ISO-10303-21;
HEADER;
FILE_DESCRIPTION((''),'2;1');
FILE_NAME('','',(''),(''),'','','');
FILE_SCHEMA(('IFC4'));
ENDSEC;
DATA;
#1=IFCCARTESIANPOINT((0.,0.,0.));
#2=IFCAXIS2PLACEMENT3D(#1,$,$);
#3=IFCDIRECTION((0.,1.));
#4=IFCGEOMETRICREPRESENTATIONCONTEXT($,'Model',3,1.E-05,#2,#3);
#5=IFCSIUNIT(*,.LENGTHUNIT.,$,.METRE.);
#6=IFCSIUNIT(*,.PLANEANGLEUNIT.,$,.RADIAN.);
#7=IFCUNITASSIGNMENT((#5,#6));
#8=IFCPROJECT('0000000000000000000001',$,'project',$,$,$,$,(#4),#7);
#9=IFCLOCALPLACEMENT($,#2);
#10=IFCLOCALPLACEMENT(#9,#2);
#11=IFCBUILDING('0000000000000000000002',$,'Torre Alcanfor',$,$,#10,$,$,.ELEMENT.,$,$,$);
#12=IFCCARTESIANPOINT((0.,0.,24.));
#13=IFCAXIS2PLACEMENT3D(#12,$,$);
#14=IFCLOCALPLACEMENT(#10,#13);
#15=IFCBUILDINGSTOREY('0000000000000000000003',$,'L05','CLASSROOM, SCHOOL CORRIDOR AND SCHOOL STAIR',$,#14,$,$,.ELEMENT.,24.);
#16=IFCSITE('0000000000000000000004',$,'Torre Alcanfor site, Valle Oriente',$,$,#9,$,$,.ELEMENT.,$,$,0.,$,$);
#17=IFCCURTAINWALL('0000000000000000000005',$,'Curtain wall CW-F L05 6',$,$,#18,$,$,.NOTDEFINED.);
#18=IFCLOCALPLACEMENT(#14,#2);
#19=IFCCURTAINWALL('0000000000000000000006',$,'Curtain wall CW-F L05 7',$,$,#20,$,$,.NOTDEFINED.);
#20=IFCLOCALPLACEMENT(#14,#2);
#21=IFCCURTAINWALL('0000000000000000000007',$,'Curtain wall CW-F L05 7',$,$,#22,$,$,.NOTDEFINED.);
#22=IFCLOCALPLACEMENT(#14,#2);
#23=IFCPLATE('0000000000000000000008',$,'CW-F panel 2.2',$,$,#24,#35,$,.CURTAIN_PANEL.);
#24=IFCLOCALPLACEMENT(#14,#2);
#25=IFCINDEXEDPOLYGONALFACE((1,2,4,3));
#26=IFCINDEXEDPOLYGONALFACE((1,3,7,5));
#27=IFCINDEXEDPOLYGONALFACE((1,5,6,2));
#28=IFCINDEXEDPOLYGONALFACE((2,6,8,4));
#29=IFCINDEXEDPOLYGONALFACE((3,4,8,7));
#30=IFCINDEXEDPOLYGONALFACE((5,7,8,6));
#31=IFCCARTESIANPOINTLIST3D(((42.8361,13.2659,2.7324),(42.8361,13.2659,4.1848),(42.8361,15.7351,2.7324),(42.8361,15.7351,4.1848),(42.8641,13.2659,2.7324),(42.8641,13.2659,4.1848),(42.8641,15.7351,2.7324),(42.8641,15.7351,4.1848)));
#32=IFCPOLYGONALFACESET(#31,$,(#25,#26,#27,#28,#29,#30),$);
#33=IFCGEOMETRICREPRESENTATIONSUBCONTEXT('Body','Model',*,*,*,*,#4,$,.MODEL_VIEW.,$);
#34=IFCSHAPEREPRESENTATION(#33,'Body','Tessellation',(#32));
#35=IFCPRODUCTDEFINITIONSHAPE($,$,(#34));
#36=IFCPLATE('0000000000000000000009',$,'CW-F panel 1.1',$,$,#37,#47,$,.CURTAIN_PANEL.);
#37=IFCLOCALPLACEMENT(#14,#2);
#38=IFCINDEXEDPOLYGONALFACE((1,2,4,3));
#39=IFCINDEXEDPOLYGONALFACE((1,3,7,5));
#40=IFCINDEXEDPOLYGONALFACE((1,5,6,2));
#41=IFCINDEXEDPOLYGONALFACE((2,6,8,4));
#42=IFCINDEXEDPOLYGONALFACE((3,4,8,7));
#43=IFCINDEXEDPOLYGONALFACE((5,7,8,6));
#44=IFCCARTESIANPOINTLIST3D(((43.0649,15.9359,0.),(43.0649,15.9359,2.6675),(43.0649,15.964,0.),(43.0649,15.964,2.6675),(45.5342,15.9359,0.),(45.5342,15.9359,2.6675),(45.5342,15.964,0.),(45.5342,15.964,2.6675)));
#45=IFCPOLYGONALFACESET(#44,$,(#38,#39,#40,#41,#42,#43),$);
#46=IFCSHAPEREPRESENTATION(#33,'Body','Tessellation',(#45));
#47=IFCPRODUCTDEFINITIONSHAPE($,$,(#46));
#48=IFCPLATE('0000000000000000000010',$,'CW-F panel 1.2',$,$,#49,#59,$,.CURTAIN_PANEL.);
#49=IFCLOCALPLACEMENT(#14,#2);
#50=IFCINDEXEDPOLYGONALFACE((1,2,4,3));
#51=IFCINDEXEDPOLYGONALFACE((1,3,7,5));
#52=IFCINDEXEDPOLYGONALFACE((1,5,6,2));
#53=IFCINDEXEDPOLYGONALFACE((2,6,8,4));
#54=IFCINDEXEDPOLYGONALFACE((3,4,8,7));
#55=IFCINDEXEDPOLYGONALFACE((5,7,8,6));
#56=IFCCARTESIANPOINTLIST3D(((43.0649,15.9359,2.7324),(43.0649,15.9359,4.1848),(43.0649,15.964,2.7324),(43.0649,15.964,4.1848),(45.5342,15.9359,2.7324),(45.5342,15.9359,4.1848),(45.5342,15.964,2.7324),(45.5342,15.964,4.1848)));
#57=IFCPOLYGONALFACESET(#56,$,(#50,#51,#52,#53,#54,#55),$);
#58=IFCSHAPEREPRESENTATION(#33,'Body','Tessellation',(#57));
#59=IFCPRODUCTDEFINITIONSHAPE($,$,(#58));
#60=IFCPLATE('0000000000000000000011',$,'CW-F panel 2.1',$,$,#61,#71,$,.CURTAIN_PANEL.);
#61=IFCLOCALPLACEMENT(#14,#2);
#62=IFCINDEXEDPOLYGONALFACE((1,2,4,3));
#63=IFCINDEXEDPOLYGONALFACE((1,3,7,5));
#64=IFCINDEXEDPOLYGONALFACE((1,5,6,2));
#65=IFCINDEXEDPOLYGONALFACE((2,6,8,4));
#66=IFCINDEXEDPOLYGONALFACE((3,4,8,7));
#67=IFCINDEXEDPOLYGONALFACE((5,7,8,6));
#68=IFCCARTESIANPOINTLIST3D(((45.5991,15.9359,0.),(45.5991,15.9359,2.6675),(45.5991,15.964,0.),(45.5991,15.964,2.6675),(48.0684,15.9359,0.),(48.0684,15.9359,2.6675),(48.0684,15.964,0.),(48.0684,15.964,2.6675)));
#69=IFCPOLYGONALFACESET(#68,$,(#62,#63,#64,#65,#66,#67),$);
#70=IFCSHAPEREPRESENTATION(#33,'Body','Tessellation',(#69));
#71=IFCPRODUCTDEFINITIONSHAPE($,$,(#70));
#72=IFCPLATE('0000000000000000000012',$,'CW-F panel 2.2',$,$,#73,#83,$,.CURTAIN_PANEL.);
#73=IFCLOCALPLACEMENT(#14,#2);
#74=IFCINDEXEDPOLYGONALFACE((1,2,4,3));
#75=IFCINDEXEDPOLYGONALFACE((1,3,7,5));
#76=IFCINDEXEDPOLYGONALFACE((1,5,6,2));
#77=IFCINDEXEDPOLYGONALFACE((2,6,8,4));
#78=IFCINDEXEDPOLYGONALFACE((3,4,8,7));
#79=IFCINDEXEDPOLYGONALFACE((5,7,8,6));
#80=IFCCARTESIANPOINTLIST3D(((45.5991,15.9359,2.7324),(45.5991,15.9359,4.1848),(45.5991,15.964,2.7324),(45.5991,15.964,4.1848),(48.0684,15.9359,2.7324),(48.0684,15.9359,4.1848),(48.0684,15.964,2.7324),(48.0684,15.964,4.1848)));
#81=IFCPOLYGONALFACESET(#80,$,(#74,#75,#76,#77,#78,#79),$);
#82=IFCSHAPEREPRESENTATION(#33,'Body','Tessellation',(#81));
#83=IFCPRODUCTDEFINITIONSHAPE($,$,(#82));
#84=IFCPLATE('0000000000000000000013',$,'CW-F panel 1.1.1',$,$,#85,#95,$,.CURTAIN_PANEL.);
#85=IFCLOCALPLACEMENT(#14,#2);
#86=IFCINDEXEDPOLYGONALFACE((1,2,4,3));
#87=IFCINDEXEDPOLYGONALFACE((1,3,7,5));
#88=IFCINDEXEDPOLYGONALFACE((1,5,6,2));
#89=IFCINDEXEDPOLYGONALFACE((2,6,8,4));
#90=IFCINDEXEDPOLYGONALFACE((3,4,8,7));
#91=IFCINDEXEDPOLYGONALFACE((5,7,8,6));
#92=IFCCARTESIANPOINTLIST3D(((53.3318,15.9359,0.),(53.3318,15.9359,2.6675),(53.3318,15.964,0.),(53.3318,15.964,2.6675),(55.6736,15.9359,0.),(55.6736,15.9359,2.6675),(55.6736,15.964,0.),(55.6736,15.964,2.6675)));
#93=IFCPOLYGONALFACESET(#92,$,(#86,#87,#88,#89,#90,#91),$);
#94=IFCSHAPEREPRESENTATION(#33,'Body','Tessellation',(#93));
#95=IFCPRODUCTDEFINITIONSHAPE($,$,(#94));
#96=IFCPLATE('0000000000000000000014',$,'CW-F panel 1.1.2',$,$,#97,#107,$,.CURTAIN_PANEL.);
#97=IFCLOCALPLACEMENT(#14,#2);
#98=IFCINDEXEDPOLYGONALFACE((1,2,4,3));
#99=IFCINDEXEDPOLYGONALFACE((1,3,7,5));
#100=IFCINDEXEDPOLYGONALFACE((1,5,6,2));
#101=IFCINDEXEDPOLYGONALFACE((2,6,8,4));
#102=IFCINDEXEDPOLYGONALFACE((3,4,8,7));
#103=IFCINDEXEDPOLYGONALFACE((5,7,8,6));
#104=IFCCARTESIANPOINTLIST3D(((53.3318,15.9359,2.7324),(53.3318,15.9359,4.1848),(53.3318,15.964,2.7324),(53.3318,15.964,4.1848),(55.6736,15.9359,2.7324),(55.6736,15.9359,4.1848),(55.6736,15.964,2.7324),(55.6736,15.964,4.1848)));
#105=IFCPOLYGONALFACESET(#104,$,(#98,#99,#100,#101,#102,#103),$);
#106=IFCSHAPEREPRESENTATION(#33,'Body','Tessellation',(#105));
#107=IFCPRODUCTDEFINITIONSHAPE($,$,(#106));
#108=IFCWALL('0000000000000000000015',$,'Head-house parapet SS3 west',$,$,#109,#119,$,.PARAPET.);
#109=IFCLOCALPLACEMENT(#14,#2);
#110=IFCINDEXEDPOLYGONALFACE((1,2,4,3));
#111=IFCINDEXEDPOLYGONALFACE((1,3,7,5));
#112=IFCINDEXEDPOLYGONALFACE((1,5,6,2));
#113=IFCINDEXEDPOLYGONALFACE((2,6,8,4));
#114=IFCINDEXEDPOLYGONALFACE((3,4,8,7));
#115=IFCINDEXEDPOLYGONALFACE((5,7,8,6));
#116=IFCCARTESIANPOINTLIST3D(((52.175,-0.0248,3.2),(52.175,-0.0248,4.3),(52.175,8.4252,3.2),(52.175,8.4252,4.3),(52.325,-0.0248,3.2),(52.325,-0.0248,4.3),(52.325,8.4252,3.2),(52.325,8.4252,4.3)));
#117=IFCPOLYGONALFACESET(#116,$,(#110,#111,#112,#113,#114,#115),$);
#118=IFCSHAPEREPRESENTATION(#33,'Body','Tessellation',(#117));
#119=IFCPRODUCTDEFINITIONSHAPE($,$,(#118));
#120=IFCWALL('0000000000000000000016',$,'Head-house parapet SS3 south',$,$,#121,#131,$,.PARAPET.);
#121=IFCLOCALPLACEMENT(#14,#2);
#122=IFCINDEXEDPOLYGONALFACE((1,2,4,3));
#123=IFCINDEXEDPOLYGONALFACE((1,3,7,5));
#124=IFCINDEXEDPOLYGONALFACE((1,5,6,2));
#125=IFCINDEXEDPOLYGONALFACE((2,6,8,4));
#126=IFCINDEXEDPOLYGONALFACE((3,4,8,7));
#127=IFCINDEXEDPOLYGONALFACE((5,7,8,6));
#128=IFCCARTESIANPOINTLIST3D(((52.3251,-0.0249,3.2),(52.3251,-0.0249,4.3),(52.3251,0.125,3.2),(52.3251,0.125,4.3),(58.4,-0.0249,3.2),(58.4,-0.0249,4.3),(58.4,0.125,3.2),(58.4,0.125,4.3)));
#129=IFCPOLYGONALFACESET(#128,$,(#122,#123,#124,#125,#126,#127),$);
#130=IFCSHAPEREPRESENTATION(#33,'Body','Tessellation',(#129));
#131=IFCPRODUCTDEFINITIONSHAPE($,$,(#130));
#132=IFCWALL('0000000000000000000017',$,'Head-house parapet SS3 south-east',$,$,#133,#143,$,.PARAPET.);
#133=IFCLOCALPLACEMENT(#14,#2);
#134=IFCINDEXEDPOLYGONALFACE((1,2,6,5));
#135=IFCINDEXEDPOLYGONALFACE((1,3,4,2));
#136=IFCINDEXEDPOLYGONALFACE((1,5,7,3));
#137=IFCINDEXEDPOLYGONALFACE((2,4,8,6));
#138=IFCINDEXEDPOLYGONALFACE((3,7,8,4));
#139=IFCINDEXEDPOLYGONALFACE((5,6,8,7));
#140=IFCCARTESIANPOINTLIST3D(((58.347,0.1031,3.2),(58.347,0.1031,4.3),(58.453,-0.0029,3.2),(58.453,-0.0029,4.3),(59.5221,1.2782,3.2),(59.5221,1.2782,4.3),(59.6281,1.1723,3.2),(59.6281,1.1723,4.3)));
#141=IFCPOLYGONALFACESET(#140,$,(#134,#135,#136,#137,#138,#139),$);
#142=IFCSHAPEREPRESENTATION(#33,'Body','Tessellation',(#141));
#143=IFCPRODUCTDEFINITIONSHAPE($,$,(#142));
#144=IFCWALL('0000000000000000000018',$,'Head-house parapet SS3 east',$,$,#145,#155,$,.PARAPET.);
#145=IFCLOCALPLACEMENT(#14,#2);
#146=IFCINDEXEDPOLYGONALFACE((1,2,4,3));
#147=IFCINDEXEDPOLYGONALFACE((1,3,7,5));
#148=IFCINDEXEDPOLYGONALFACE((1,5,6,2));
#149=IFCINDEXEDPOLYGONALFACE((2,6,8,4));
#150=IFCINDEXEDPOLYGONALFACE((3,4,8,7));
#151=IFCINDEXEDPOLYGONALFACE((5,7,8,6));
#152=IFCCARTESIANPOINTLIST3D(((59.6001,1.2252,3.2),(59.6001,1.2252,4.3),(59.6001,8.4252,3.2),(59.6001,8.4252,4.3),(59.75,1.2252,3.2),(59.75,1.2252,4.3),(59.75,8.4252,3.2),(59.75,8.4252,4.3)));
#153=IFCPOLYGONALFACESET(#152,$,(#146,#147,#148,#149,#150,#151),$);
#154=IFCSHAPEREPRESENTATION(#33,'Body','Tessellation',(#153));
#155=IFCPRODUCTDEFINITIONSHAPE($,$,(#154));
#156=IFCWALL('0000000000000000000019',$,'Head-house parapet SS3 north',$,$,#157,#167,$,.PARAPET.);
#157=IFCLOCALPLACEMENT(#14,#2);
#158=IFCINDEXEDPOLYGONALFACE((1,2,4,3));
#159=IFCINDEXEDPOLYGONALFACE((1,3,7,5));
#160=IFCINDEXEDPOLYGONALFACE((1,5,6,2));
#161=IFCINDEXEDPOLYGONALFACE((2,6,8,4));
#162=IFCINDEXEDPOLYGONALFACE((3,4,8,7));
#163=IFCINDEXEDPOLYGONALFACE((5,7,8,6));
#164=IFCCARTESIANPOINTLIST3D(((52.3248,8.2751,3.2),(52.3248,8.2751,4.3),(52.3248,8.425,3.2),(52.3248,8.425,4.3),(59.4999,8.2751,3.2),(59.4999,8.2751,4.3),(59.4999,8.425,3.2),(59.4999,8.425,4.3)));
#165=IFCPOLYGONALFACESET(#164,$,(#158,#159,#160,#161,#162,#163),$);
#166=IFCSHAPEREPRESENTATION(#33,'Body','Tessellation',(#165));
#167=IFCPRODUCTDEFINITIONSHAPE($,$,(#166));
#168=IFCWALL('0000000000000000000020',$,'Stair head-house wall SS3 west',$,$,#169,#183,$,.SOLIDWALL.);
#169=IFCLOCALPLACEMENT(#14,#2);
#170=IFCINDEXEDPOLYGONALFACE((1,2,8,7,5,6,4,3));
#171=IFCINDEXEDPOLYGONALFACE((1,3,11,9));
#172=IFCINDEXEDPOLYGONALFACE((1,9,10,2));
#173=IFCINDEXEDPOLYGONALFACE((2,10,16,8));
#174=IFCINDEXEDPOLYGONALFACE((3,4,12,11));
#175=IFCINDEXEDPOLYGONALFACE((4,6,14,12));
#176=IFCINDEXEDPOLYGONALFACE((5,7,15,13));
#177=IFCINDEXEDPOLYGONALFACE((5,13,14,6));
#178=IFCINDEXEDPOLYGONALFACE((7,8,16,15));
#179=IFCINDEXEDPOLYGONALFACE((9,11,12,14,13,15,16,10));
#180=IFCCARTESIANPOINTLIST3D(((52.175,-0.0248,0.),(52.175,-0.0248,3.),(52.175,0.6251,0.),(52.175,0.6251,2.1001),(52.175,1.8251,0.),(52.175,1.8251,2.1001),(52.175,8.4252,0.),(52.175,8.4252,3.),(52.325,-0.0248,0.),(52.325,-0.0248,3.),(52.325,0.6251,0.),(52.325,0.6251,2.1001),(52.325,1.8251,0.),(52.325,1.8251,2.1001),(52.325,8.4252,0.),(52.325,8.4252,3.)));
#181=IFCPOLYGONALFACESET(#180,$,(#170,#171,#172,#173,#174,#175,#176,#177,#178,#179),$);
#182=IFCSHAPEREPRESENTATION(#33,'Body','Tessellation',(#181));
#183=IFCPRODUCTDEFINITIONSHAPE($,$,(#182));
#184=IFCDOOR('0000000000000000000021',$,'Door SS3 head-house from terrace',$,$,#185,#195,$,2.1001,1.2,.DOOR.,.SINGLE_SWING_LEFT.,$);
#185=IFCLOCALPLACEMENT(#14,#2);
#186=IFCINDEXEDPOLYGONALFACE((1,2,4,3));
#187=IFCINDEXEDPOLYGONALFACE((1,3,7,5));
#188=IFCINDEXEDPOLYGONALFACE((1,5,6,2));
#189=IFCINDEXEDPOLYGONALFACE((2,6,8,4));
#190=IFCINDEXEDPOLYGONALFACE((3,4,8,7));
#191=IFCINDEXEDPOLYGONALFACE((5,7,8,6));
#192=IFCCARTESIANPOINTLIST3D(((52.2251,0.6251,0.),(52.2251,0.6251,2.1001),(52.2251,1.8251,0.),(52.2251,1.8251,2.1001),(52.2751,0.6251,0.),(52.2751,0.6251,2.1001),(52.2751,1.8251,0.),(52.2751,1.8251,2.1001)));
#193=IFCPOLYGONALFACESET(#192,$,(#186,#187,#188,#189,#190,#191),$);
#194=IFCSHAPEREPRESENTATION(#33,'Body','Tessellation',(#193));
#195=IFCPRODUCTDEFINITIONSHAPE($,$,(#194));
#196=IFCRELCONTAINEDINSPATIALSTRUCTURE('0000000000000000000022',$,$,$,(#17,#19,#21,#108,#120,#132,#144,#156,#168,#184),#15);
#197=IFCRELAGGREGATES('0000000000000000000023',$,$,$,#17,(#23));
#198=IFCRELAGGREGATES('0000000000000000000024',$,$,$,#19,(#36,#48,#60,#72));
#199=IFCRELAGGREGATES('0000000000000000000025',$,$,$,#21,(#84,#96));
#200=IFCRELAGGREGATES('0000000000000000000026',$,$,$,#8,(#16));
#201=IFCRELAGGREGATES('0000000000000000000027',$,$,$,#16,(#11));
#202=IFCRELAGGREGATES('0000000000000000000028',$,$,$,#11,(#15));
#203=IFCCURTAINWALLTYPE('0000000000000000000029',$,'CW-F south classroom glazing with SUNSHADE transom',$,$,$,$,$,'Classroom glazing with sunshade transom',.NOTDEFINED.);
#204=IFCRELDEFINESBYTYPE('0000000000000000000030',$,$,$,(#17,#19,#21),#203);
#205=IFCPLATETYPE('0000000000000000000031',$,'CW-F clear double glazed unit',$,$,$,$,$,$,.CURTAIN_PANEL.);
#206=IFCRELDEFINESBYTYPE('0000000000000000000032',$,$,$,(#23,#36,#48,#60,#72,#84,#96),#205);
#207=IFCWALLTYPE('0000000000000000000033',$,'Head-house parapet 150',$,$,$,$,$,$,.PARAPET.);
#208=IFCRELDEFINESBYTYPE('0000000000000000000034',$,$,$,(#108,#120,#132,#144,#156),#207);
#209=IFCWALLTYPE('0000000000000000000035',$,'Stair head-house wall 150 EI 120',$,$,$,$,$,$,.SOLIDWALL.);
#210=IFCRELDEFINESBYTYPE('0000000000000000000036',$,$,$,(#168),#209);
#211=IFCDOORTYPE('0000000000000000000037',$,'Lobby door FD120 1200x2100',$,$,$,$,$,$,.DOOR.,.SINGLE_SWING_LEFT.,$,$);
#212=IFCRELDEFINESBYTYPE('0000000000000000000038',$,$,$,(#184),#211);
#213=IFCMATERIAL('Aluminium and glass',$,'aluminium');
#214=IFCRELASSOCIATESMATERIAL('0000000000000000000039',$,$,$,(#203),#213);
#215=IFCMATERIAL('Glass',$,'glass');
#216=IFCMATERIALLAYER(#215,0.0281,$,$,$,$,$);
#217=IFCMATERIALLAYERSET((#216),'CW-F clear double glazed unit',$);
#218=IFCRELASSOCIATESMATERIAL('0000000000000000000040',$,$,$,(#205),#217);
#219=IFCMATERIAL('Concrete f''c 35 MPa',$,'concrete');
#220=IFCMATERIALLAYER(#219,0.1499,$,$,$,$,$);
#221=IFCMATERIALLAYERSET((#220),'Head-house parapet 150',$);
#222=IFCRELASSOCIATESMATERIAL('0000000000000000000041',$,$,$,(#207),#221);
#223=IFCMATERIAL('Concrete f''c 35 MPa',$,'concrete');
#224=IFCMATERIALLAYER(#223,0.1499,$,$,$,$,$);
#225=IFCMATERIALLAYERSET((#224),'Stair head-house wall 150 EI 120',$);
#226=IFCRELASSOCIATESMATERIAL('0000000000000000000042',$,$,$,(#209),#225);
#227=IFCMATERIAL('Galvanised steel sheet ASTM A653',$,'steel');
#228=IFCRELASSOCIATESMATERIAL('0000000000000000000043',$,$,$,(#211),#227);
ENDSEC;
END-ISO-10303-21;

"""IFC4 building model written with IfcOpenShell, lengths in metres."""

from ifc_helpers import new_model, si_unit, direction, frame, frame_2d, origin, origin_2d, place, context, subcontext, project, spatial, rectangle, extrude, material, layer, layer_set, type_object, element, fill, aggregate, save


model = new_model("IFC4")

# Units and contexts
model_context = context("Model", 3, precision=1e-05, world=origin(), true_north=direction((0.0, 1.0)))
body_context = subcontext(model_context, "Body", "Model", "MODEL_VIEW")
ifc_project = project(units=[si_unit("LENGTHUNIT", "METRE"), si_unit("PLANEANGLEUNIT", "RADIAN")], contexts=[model_context])

# Site, building, storey
site_placement = place(None, origin())
site = spatial("IfcSite", under=ifc_project, at=site_placement, Name="Torre Alcanfor site, Valle Oriente", CompositionType="ELEMENT", RefElevation=0.0)
building_placement = place(site_placement, origin())
building = spatial("IfcBuilding", under=site, at=building_placement, Name="Torre Alcanfor", CompositionType="ELEMENT")
storey_placement = place(building_placement, frame((0.0, 0.0, 24.0)))
storey = spatial("IfcBuildingStorey", under=building, at=storey_placement, Name="L05", Description="CLASSROOM, SCHOOL CORRIDOR AND SCHOOL STAIR", CompositionType="ELEMENT", Elevation=24.0)

# Curtain wall
ifc_material_1 = material(Name="Aluminium and glass", Category="aluminium")
curtain_wall_type = type_object("IfcCurtainWallType", Name="CW-F south classroom glazing with SUNSHADE transom", ElementType="Classroom glazing with sunshade transom", PredefinedType="NOTDEFINED", material=ifc_material_1)
curtain_wall_1_placement = place(storey_placement, origin())
curtain_wall_1 = element("IfcCurtainWall", 1, at=curtain_wall_1_placement, inside=storey, type_object=curtain_wall_type, Name="Curtain wall CW-F L05 6", PredefinedType="NOTDEFINED")

# Curtain walls
curtain_wall_2_placement = place(storey_placement, origin())
curtain_wall_2 = element("IfcCurtainWall", 2, at=curtain_wall_2_placement, inside=storey, type_object=curtain_wall_type, Name="Curtain wall CW-F L05 7", PredefinedType="NOTDEFINED")
curtain_wall_3_placement = place(storey_placement, origin())
curtain_wall_3 = element("IfcCurtainWall", 3, at=curtain_wall_3_placement, inside=storey, type_object=curtain_wall_type, Name="Curtain wall CW-F L05 7", PredefinedType="NOTDEFINED")

# Plates
ifc_material_2 = material(Name="Glass", Category="glass")
ifc_layer_1 = layer(ifc_material_2, 0.0281)
ifc_layer_set_1 = layer_set([ifc_layer_1], Name="CW-F clear double glazed unit")
plate_type = type_object("IfcPlateType", Name="CW-F clear double glazed unit", PredefinedType="CURTAIN_PANEL", material=ifc_layer_set_1)
plate_1_placement = place(storey_placement, frame((42.8501, 14.5005, 2.7324), z_axis=(0.0, 0.0, 1.0), x_axis=(0.0, 1.0, 0.0)))
plate_1 = element("IfcPlate", 4, at=plate_1_placement, type_object=plate_type, Name="CW-F panel 2.2", PredefinedType="CURTAIN_PANEL", context=body_context, shape_type="SweptSolid", body=[
    extrude(rectangle(XDim=2.4692, YDim=0.0281, at=origin_2d()), origin(), (0.0, 0.0, 1.0), 1.4524),
])
aggregate(curtain_wall_1, [plate_1])
plate_2_placement = place(storey_placement, frame((44.2996, 15.95, 0.0), z_axis=(0.0, 0.0, 1.0), x_axis=(1.0, 0.0, 0.0)))
plate_2 = element("IfcPlate", 5, at=plate_2_placement, type_object=plate_type, Name="CW-F panel 1.1", PredefinedType="CURTAIN_PANEL", context=body_context, shape_type="SweptSolid", body=[
    extrude(rectangle(XDim=2.4692, YDim=0.0281, at=origin_2d()), origin(), (0.0, 0.0, 1.0), 2.6675),
])
plate_3_placement = place(storey_placement, frame((44.2996, 15.95, 2.7324), z_axis=(0.0, 0.0, 1.0), x_axis=(1.0, 0.0, 0.0)))
plate_3 = element("IfcPlate", 6, at=plate_3_placement, type_object=plate_type, Name="CW-F panel 1.2", PredefinedType="CURTAIN_PANEL", context=body_context, shape_type="SweptSolid", body=[
    extrude(rectangle(XDim=2.4692, YDim=0.0281, at=origin_2d()), origin(), (0.0, 0.0, 1.0), 1.4524),
])
plate_4_placement = place(storey_placement, frame((46.8337, 15.95, 0.0), z_axis=(0.0, 0.0, 1.0), x_axis=(1.0, 0.0, 0.0)))
plate_4 = element("IfcPlate", 7, at=plate_4_placement, type_object=plate_type, Name="CW-F panel 2.1", PredefinedType="CURTAIN_PANEL", context=body_context, shape_type="SweptSolid", body=[
    extrude(rectangle(XDim=2.4692, YDim=0.0281, at=origin_2d()), origin(), (0.0, 0.0, 1.0), 2.6675),
])
plate_5_placement = place(storey_placement, frame((46.8337, 15.95, 2.7324), z_axis=(0.0, 0.0, 1.0), x_axis=(1.0, 0.0, 0.0)))
plate_5 = element("IfcPlate", 8, at=plate_5_placement, type_object=plate_type, Name="CW-F panel 2.2", PredefinedType="CURTAIN_PANEL", context=body_context, shape_type="SweptSolid", body=[
    extrude(rectangle(XDim=2.4692, YDim=0.0281, at=origin_2d()), origin(), (0.0, 0.0, 1.0), 1.4524),
])
aggregate(curtain_wall_2, [plate_2, plate_3, plate_4, plate_5])
plate_6_placement = place(storey_placement, frame((54.5027, 15.95, 0.0), z_axis=(0.0, 0.0, 1.0), x_axis=(1.0, 0.0, 0.0)))
plate_6 = element("IfcPlate", 9, at=plate_6_placement, type_object=plate_type, Name="CW-F panel 1.1.1", PredefinedType="CURTAIN_PANEL", context=body_context, shape_type="SweptSolid", body=[
    extrude(rectangle(XDim=2.3418, YDim=0.0281, at=origin_2d()), origin(), (0.0, 0.0, 1.0), 2.6675),
])
plate_7_placement = place(storey_placement, frame((54.5027, 15.95, 2.7324), z_axis=(0.0, 0.0, 1.0), x_axis=(1.0, 0.0, 0.0)))
plate_7 = element("IfcPlate", 10, at=plate_7_placement, type_object=plate_type, Name="CW-F panel 1.1.2", PredefinedType="CURTAIN_PANEL", context=body_context, shape_type="SweptSolid", body=[
    extrude(rectangle(XDim=2.3418, YDim=0.0281, at=origin_2d()), origin(), (0.0, 0.0, 1.0), 1.4524),
])
aggregate(curtain_wall_3, [plate_6, plate_7])

# Walls
ifc_material_3 = material(Name="Concrete f'c 35 MPa", Category="concrete")
ifc_layer_2 = layer(ifc_material_3, 0.1499)
ifc_layer_set_2 = layer_set([ifc_layer_2], Name="Head-house parapet 150")
wall_type_1 = type_object("IfcWallType", Name="Head-house parapet 150", PredefinedType="PARAPET", material=ifc_layer_set_2)
wall_1_placement = place(storey_placement, frame((52.25, -0.0249, 3.2), z_axis=(0.0, 0.0, 1.0), x_axis=(0.0, 1.0, 0.0)))
element("IfcWall", 11, at=wall_1_placement, inside=storey, type_object=wall_type_1, Name="Head-house parapet SS3 west", PredefinedType="PARAPET", context=body_context, shape_type="SweptSolid", body=[
    extrude(rectangle(XDim=8.45, YDim=0.1499, at=frame_2d((4.2251, 0.0))), origin(), (0.0, 0.0, 1.0), 1.1001),
])
wall_2_placement = place(storey_placement, frame((52.325, 0.05, 3.2), z_axis=(0.0, 0.0, 1.0), x_axis=(1.0, 0.0, 0.0)))
element("IfcWall", 12, at=wall_2_placement, inside=storey, type_object=wall_type_1, Name="Head-house parapet SS3 south", PredefinedType="PARAPET", context=body_context, shape_type="SweptSolid", body=[
    extrude(rectangle(XDim=6.075, YDim=0.1499, at=frame_2d((3.0376, 0.0))), origin(), (0.0, 0.0, 1.0), 1.1001),
])
wall_3_placement = place(storey_placement, frame((58.3999, 0.05, 3.2), z_axis=(0.0, 0.0, 1.0), x_axis=(0.707107, 0.707107, 0.0)))
element("IfcWall", 13, at=wall_3_placement, inside=storey, type_object=wall_type_1, Name="Head-house parapet SS3 south-east", PredefinedType="PARAPET", context=body_context, shape_type="SweptSolid", body=[
    extrude(rectangle(XDim=1.6619, YDim=0.1499, at=frame_2d((0.8311, 0.0))), origin(), (0.0, 0.0, 1.0), 1.1001),
])
wall_4_placement = place(storey_placement, frame((59.675, 1.2251, 3.2), z_axis=(0.0, 0.0, 1.0), x_axis=(0.0, 1.0, 0.0)))
element("IfcWall", 14, at=wall_4_placement, inside=storey, type_object=wall_type_1, Name="Head-house parapet SS3 east", PredefinedType="PARAPET", context=body_context, shape_type="SweptSolid", body=[
    extrude(rectangle(XDim=7.2, YDim=0.1499, at=frame_2d((3.6001, 0.0))), origin(), (0.0, 0.0, 1.0), 1.1001),
])
wall_5_placement = place(storey_placement, frame((52.325, 8.3501, 3.2), z_axis=(0.0, 0.0, 1.0), x_axis=(1.0, 0.0, 0.0)))
element("IfcWall", 15, at=wall_5_placement, inside=storey, type_object=wall_type_1, Name="Head-house parapet SS3 north", PredefinedType="PARAPET", context=body_context, shape_type="SweptSolid", body=[
    extrude(rectangle(XDim=7.175, YDim=0.1499, at=frame_2d((3.5874, 0.0))), origin(), (0.0, 0.0, 1.0), 1.1001),
])

# Wall, opening, door
ifc_material_4 = material(Name="Concrete f'c 35 MPa", Category="concrete")
ifc_layer_3 = layer(ifc_material_4, 0.1499)
ifc_layer_set_3 = layer_set([ifc_layer_3], Name="Stair head-house wall 150 EI 120")
wall_type_2 = type_object("IfcWallType", Name="Stair head-house wall 150 EI 120", PredefinedType="SOLIDWALL", material=ifc_layer_set_3)
wall_6_placement = place(storey_placement, frame((52.25, -0.0249, 0.0), z_axis=(0.0, 0.0, 1.0), x_axis=(0.0, 1.0, 0.0)))
wall_6 = element("IfcWall", 16, at=wall_6_placement, inside=storey, type_object=wall_type_2, Name="Stair head-house wall SS3 west", PredefinedType="SOLIDWALL", context=body_context, shape_type="SweptSolid", body=[
    extrude(rectangle(XDim=8.45, YDim=0.1499, at=frame_2d((4.2251, 0.0))), origin(), (0.0, 0.0, 1.0), 3.0),
])
opening_1_placement = place(wall_6_placement, frame((0.6499, 0.0, 0.0)))
opening_1 = element("IfcOpeningElement", 17, at=opening_1_placement, cuts=wall_6, PredefinedType="OPENING", context=body_context, shape_type="SweptSolid", body=[
    extrude(rectangle(XDim=1.2, YDim=2.1001, at=frame_2d((0.6001, 1.05))), frame((0.0, 0.085, 0.0), z_axis=(0.0, -1.0, 0.0), x_axis=(1.0, 0.0, 0.0)), (0.0, 0.0, 1.0), 0.1699),
])
ifc_material_5 = material(Name="Galvanised steel sheet ASTM A653", Category="steel")
door_type_1 = type_object("IfcDoorType", Name="Lobby door FD120 1200x2100", OperationType="SINGLE_SWING_LEFT", PredefinedType="DOOR", material=ifc_material_5)
door_1_placement = place(opening_1_placement, origin())
door_1 = element("IfcDoor", 18, at=door_1_placement, inside=storey, type_object=door_type_1, Name="Door SS3 head-house from terrace", OperationType="SINGLE_SWING_LEFT", OverallHeight=2.1001, OverallWidth=1.2, PredefinedType="DOOR", context=body_context, shape_type="SweptSolid", body=[
    extrude(rectangle(XDim=1.2, YDim=2.1001, at=frame_2d((0.6001, 1.05))), frame((0.0, 0.0249, 0.0), z_axis=(0.0, -1.0, 0.0), x_axis=(1.0, 0.0, 0.0)), (0.0, 0.0, 1.0), 0.05),
])
fill(opening_1, door_1)

save(model, "model.ifc")
